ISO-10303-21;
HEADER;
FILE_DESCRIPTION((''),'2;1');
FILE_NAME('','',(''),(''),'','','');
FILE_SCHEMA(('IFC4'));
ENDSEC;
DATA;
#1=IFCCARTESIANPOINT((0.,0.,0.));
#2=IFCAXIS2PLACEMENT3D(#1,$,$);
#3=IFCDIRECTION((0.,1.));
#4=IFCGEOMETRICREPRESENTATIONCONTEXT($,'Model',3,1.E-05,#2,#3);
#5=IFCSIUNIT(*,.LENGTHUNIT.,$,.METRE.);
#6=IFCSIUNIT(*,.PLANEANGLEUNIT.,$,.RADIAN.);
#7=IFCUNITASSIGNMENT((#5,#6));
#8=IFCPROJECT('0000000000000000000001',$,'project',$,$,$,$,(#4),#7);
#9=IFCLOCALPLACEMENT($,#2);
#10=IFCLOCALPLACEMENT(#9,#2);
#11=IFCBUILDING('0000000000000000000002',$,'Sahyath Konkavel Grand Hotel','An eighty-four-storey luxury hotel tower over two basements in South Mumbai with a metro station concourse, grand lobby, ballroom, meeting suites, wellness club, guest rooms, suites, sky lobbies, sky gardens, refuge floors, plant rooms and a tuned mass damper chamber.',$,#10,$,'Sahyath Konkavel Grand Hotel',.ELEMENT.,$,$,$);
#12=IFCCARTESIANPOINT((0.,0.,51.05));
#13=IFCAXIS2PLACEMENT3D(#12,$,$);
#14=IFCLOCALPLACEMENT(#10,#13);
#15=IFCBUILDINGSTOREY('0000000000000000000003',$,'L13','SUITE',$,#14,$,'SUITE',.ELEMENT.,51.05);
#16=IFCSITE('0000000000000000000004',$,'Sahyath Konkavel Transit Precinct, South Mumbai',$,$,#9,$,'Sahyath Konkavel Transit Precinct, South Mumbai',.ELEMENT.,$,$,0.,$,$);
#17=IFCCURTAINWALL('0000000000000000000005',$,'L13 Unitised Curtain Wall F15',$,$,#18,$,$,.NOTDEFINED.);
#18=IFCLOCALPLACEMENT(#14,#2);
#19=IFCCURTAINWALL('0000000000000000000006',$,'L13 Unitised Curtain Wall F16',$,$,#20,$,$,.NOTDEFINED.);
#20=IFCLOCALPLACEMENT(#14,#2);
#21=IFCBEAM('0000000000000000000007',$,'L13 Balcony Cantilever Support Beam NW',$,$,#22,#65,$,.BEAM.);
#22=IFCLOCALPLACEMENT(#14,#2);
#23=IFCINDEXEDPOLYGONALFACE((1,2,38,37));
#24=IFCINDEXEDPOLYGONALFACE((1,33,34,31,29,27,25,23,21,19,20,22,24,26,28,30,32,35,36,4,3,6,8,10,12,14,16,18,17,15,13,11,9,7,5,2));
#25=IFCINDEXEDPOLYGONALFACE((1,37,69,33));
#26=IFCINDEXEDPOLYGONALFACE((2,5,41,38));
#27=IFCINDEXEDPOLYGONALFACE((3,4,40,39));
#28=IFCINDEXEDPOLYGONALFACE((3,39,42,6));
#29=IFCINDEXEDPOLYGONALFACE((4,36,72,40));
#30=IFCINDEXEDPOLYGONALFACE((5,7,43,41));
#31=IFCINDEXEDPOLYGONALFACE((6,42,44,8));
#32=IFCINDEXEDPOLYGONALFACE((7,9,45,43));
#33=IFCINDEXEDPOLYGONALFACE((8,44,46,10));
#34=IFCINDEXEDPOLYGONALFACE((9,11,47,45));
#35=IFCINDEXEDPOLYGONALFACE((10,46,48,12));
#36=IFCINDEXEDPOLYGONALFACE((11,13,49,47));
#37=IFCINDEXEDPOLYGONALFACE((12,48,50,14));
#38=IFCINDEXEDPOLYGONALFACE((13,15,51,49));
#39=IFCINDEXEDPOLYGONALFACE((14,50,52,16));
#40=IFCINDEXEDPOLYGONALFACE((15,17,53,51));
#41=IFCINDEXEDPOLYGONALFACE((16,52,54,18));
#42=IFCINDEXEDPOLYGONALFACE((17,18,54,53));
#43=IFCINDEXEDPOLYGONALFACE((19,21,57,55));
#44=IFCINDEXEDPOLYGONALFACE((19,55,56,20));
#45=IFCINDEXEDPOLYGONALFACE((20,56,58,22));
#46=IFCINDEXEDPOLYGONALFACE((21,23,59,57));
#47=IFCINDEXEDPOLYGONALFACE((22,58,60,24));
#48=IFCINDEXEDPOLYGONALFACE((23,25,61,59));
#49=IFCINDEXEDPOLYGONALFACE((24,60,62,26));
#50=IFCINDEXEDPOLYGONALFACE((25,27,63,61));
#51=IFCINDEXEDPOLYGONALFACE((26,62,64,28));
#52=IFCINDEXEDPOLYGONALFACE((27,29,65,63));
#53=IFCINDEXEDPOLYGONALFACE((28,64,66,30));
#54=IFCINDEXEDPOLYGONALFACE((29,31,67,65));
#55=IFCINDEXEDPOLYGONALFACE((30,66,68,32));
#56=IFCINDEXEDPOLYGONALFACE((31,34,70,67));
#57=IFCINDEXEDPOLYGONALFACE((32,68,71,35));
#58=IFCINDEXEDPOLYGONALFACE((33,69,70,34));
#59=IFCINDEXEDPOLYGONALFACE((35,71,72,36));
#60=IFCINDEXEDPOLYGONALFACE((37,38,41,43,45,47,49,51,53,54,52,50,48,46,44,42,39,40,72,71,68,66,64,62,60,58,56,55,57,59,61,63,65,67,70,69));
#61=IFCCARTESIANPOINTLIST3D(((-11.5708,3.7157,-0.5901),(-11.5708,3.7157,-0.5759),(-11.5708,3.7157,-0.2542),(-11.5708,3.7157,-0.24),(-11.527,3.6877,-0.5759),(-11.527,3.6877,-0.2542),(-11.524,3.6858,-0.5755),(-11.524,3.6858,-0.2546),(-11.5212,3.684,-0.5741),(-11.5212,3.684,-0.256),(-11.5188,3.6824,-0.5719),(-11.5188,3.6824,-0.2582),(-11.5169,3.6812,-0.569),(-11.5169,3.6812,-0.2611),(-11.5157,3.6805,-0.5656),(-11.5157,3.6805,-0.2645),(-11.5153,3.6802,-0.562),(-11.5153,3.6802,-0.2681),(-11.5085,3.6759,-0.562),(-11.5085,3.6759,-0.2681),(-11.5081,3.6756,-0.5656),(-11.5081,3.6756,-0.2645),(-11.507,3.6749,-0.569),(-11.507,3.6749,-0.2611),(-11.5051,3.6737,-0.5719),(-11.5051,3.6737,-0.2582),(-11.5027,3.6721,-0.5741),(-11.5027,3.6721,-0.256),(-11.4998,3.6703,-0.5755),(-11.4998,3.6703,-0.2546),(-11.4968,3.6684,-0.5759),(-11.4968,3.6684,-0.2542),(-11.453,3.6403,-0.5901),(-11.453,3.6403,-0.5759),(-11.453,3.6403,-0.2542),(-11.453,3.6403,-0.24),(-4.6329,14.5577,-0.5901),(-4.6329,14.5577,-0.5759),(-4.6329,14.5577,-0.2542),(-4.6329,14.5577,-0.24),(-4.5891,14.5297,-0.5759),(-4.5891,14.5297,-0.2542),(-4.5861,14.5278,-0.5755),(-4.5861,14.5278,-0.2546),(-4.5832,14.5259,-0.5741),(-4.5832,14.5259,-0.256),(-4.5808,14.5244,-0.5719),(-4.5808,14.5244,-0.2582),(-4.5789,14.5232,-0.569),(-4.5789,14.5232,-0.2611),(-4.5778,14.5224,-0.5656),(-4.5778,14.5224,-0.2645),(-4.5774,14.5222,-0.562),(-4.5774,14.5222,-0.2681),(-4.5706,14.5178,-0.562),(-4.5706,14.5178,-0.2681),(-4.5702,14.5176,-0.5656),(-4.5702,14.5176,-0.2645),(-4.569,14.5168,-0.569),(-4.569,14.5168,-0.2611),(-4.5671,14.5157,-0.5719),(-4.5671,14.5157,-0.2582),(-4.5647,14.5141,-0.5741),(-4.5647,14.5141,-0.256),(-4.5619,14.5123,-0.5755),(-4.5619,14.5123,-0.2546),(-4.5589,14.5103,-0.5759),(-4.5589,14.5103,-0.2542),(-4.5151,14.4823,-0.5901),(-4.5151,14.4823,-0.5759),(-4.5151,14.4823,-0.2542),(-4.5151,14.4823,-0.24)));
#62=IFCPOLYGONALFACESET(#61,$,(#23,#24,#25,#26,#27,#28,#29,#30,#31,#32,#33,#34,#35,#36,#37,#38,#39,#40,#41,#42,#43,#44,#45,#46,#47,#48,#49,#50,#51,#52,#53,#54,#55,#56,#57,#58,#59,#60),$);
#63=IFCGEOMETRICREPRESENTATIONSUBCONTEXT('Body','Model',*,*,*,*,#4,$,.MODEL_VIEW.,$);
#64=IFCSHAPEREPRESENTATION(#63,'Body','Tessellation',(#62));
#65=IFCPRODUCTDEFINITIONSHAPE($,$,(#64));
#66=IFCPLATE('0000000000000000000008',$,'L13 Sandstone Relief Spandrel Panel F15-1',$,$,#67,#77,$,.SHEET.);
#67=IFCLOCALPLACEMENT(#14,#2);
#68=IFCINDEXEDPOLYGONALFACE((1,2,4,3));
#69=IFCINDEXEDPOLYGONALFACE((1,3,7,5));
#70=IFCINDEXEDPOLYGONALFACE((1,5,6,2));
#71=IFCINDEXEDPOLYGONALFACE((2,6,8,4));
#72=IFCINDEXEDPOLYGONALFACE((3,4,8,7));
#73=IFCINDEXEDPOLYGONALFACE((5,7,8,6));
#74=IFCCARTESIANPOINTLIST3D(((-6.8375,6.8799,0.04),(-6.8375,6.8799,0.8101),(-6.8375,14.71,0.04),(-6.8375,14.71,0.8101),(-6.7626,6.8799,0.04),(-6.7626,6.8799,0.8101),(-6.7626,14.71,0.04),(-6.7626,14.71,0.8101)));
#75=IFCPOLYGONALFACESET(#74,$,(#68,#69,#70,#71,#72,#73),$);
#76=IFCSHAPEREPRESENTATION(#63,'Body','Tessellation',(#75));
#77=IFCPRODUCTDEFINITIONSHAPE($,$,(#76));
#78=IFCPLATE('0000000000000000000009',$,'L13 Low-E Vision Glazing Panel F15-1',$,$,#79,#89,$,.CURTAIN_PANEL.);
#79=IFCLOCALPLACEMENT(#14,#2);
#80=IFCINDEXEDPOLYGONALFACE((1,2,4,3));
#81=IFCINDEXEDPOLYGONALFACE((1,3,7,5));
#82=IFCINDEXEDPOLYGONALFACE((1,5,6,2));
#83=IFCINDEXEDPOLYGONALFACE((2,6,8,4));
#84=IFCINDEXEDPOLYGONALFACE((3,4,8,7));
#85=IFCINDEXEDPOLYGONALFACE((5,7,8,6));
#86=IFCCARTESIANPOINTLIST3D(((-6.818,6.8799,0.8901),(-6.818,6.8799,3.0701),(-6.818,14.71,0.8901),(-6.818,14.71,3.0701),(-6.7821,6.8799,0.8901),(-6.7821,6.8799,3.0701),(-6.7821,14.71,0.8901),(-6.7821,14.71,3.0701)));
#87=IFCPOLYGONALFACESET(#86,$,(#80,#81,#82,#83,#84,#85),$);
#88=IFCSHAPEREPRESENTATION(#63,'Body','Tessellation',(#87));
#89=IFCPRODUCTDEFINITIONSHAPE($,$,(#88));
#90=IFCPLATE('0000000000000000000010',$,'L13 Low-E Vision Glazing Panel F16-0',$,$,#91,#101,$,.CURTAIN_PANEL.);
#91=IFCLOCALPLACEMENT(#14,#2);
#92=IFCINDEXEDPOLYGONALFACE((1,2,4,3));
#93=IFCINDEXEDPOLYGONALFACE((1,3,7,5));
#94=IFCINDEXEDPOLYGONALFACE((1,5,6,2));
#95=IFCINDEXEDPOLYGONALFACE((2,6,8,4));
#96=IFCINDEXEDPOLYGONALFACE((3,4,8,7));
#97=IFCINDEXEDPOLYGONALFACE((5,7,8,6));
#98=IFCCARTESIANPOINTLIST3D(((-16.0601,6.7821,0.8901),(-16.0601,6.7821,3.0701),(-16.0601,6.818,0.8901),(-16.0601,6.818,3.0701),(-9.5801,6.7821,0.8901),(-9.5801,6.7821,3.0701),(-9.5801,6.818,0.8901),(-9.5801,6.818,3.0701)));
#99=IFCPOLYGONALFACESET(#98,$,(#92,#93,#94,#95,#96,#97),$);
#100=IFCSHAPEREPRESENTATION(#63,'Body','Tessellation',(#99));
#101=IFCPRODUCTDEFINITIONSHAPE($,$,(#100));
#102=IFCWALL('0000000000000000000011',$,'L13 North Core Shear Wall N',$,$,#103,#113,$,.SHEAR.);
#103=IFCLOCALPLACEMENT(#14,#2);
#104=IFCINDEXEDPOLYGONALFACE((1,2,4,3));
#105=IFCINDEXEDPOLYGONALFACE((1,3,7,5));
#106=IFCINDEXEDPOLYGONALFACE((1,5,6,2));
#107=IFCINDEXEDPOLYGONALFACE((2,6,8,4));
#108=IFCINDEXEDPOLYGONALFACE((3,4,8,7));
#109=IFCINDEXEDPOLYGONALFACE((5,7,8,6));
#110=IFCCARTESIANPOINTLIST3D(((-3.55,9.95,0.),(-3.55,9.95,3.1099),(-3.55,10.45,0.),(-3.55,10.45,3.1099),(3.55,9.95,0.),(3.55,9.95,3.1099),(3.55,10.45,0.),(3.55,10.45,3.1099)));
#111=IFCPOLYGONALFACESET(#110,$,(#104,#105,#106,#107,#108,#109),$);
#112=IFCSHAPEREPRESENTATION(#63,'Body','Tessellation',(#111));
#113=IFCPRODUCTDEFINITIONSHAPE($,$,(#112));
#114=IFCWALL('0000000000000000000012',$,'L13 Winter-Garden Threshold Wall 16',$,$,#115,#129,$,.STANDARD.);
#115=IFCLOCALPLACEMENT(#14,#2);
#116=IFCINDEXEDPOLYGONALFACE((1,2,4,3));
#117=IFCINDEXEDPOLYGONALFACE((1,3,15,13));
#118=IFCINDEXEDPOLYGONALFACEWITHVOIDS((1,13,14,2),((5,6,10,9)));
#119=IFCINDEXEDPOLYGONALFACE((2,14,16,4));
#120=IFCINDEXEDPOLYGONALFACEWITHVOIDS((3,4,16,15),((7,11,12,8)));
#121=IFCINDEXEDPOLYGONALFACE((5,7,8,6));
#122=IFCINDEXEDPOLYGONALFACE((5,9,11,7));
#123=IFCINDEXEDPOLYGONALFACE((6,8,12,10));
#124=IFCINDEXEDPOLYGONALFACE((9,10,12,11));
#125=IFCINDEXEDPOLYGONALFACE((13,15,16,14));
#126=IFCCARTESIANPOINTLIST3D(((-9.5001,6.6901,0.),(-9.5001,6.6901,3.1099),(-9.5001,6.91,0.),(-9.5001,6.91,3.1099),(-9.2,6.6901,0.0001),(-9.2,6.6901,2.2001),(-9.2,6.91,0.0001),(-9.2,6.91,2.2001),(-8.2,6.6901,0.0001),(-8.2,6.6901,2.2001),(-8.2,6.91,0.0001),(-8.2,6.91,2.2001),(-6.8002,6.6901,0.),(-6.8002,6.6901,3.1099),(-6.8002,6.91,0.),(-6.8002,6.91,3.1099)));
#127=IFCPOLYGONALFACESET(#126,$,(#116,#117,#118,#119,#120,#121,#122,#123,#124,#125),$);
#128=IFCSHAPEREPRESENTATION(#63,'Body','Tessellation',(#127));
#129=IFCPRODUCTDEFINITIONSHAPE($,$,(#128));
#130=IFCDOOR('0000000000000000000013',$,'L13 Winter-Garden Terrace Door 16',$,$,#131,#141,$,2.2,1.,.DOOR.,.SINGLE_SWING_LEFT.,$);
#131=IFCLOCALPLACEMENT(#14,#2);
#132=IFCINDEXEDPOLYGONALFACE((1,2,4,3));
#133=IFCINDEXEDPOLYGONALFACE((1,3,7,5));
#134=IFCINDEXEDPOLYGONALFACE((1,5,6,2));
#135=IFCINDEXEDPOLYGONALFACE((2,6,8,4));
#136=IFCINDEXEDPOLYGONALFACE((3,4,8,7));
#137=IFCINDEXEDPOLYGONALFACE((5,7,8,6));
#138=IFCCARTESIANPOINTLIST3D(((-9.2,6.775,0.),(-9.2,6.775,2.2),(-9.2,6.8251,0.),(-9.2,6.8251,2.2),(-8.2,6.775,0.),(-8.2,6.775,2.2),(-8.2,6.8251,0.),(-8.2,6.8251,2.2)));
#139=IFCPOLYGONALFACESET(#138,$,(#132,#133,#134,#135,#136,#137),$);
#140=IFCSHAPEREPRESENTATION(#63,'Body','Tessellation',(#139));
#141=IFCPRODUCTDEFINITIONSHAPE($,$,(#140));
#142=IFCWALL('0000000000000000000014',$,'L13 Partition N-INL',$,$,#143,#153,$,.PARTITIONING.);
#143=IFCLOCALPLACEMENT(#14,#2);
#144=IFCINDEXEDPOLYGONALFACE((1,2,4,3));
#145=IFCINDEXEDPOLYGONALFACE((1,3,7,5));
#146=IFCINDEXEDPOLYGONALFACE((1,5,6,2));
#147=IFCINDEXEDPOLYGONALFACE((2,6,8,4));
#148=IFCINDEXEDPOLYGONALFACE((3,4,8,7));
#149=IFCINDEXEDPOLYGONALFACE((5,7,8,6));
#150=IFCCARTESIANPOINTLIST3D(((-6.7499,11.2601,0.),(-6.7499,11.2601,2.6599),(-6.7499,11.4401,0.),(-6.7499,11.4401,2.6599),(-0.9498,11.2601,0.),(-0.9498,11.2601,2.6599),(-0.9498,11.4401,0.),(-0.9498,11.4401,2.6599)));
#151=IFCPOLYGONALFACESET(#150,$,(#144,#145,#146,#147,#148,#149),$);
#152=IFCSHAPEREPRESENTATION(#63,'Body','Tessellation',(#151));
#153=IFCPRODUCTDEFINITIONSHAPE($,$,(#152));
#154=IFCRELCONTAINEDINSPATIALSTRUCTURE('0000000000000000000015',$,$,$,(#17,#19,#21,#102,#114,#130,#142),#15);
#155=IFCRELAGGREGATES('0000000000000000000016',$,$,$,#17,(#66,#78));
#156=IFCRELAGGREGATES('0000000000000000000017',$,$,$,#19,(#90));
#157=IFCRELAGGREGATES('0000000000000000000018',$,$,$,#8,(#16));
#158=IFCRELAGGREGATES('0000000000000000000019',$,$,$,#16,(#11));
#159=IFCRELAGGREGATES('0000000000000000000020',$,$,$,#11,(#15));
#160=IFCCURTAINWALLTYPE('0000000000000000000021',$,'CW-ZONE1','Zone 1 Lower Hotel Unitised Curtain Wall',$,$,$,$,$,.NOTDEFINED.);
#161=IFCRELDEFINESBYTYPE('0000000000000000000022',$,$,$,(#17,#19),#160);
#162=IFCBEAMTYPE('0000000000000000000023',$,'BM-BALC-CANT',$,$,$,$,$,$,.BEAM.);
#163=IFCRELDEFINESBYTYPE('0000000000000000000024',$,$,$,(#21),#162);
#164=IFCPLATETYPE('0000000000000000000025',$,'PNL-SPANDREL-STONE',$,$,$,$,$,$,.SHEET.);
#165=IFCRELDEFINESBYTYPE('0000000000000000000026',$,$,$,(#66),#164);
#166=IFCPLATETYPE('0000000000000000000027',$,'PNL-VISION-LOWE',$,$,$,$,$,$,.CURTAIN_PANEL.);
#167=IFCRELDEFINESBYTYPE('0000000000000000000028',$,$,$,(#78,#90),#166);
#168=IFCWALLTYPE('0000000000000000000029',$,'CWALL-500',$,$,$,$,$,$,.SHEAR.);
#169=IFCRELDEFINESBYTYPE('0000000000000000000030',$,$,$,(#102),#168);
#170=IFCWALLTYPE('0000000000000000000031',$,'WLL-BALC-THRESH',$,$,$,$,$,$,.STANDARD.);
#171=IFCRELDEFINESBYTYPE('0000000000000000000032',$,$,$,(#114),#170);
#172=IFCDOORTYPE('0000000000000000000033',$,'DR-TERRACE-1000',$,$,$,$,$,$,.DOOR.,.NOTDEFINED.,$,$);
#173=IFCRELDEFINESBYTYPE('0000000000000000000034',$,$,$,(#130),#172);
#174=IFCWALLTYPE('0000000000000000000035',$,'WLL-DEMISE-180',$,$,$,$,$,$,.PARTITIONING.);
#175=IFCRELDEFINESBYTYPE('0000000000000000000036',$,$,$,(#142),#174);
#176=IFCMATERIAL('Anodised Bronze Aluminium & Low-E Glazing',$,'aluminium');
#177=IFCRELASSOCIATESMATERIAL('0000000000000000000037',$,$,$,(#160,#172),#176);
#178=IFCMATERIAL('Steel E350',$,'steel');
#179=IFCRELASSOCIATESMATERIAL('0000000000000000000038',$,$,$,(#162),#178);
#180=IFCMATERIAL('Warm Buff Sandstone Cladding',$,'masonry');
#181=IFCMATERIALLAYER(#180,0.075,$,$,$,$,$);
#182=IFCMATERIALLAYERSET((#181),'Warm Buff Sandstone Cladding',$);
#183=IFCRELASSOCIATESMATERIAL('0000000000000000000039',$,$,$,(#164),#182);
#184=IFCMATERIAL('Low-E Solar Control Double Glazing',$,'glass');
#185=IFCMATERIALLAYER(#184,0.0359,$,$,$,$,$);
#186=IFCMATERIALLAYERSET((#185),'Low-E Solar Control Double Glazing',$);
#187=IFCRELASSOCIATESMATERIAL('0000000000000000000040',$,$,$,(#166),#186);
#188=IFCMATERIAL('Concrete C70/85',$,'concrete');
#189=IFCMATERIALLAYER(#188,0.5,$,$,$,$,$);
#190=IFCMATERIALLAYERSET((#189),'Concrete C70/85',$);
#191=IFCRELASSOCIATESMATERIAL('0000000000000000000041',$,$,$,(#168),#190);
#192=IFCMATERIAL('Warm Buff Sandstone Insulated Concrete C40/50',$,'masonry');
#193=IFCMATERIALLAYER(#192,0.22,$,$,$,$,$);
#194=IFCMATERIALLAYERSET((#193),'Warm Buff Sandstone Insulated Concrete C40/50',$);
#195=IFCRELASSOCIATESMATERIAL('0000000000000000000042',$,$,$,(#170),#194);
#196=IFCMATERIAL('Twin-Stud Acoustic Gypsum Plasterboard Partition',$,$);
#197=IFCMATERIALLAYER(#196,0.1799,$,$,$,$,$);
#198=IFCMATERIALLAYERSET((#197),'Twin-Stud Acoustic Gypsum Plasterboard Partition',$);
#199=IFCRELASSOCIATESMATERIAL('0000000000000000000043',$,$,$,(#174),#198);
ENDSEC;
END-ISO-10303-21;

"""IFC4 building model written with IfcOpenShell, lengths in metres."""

from ifc_helpers import new_model, si_unit, direction, frame, frame_2d, origin, origin_2d, place, context, subcontext, project, spatial, rectangle, i_section, extrude, source, transform, mapped, material, layer, layer_set, material_profile, profile_set, type_object, element, fill, aggregate, save


model = new_model("IFC4")

# Units and contexts
model_context = context("Model", 3, precision=1e-05, world=origin(), true_north=direction((0.0, 1.0)))
body_context = subcontext(model_context, "Body", "Model", "MODEL_VIEW")
ifc_project = project(units=[si_unit("LENGTHUNIT", "METRE"), si_unit("PLANEANGLEUNIT", "RADIAN")], contexts=[model_context])

# Site, building, storey
site_placement = place(None, origin())
site = spatial("IfcSite", under=ifc_project, at=site_placement, Name="Sahyath Konkavel Transit Precinct, South Mumbai", LongName="Sahyath Konkavel Transit Precinct, South Mumbai", CompositionType="ELEMENT", RefElevation=0.0)
building_placement = place(site_placement, origin())
building = spatial("IfcBuilding", under=site, at=building_placement, Name="Sahyath Konkavel Grand Hotel", Description="An eighty-four-storey luxury hotel tower over two basements in South Mumbai with a metro station concourse, grand lobby, ballroom, meeting suites, wellness club, guest rooms, suites, sky lobbies, sky gardens, refuge floors, plant rooms and a tuned mass damper chamber.", LongName="Sahyath Konkavel Grand Hotel", CompositionType="ELEMENT")
storey_placement = place(building_placement, frame((0.0, 0.0, 51.05)))
storey = spatial("IfcBuildingStorey", under=building, at=storey_placement, Name="L13", Description="SUITE", LongName="SUITE", CompositionType="ELEMENT", Elevation=51.05)

# Shared definitions
ifc_material_1 = material(Name="Concrete C70/85", Category="concrete")

# Shared definitions
ifc_material_2 = material(Name="Steel E350", Category="steel")

# Curtain walls
ifc_material_3 = material(Name="Anodised Bronze Aluminium & Low-E Glazing", Category="aluminium")
curtain_wall_type = type_object("IfcCurtainWallType", Name="CW-ZONE1", Description="Zone 1 Lower Hotel Unitised Curtain Wall", PredefinedType="NOTDEFINED", material=ifc_material_3)
curtain_wall_1_placement = place(storey_placement, origin())
curtain_wall_1 = element("IfcCurtainWall", 1, at=curtain_wall_1_placement, inside=storey, type_object=curtain_wall_type, Name="L13 Unitised Curtain Wall F15", PredefinedType="NOTDEFINED")
curtain_wall_2_placement = place(storey_placement, origin())
curtain_wall_2 = element("IfcCurtainWall", 2, at=curtain_wall_2_placement, inside=storey, type_object=curtain_wall_type, Name="L13 Unitised Curtain Wall F16", PredefinedType="NOTDEFINED")

# Beam
ifc_material_profile_1 = material_profile(ifc_material_2, i_section(OverallWidth=0.1399, OverallDepth=0.3501, WebThickness=0.0081, FlangeThickness=0.0142, FilletRadius=0.0139, at=origin_2d()), Name="ISMB 350")
ifc_profile_set_1 = profile_set([ifc_material_profile_1], Name="Steel E350")
beam_type_1 = type_object("IfcBeamType", Name="BM-BALC-CANT", PredefinedType="BEAM", material=ifc_profile_set_1)
shared_shape_1 = source(origin(), body_context, "Body", "SweptSolid", [
    extrude(i_section(OverallWidth=0.1399, OverallDepth=0.3501, WebThickness=0.0081, FlangeThickness=0.0142, FilletRadius=0.0139, at=origin_2d()), origin(), (0.0, 0.0, 1.0), 12.8718),
])
beam_1_placement = place(storey_placement, frame((-4.574, 14.52, -0.415), z_axis=(-0.539003, -0.842304, 0.0), x_axis=(0.842304, -0.539003, 0.0)))
element("IfcBeam", 3, at=beam_1_placement, inside=storey, type_object=beam_type_1, Name="L13 Balcony Cantilever Support Beam NW", PredefinedType="BEAM", context=body_context, shape_type="MappedRepresentation", body=[
    mapped(shared_shape_1, transform((0.0, 0.0, 0.0), scale=1.0)),
])

# Plates
ifc_material_4 = material(Name="Warm Buff Sandstone Cladding", Category="masonry")
ifc_layer_1 = layer(ifc_material_4, 0.075)
ifc_layer_set_1 = layer_set([ifc_layer_1], Name="Warm Buff Sandstone Cladding")
plate_type_1 = type_object("IfcPlateType", Name="PNL-SPANDREL-STONE", PredefinedType="SHEET", material=ifc_layer_set_1)
shared_shape_2 = source(origin(), body_context, "Body", "SweptSolid", [
    extrude(rectangle(XDim=7.8301, YDim=0.075, at=origin_2d()), origin(), (0.0, 0.0, 1.0), 0.77),
])
plate_1_placement = place(storey_placement, frame((-6.8, 10.7949, 0.04), z_axis=(0.0, 0.0, 1.0), x_axis=(0.0, -1.0, 0.0)))
plate_1 = element("IfcPlate", 4, at=plate_1_placement, type_object=plate_type_1, Name="L13 Sandstone Relief Spandrel Panel F15-1", PredefinedType="SHEET", context=body_context, shape_type="MappedRepresentation", body=[
    mapped(shared_shape_2, transform((0.0, 0.0, 0.0), scale=1.0)),
])
ifc_material_5 = material(Name="Low-E Solar Control Double Glazing", Category="glass")
ifc_layer_2 = layer(ifc_material_5, 0.0359)
ifc_layer_set_2 = layer_set([ifc_layer_2], Name="Low-E Solar Control Double Glazing")
plate_type_2 = type_object("IfcPlateType", Name="PNL-VISION-LOWE", PredefinedType="CURTAIN_PANEL", material=ifc_layer_set_2)
shared_shape_3 = source(origin(), body_context, "Body", "SweptSolid", [
    extrude(rectangle(XDim=7.8301, YDim=0.0359, at=origin_2d()), origin(), (0.0, 0.0, 1.0), 2.1799),
])
plate_2_placement = place(storey_placement, frame((-6.8, 10.7949, 0.8901), z_axis=(0.0, 0.0, 1.0), x_axis=(0.0, -1.0, 0.0)))
plate_2 = element("IfcPlate", 5, at=plate_2_placement, type_object=plate_type_2, Name="L13 Low-E Vision Glazing Panel F15-1", PredefinedType="CURTAIN_PANEL", context=body_context, shape_type="MappedRepresentation", body=[
    mapped(shared_shape_3, transform((0.0, 0.0, 0.0), scale=1.0)),
])
aggregate(curtain_wall_1, [plate_1, plate_2])
shared_shape_4 = source(origin(), body_context, "Body", "SweptSolid", [
    extrude(rectangle(XDim=6.48, YDim=0.0359, at=origin_2d()), origin(), (0.0, 0.0, 1.0), 2.1799),
])
plate_3_placement = place(storey_placement, frame((-12.8201, 6.8, 0.8901), z_axis=(0.0, 0.0, 1.0), x_axis=(-1.0, 0.0, 0.0)))
plate_3 = element("IfcPlate", 6, at=plate_3_placement, type_object=plate_type_2, Name="L13 Low-E Vision Glazing Panel F16-0", PredefinedType="CURTAIN_PANEL", context=body_context, shape_type="MappedRepresentation", body=[
    mapped(shared_shape_4, transform((0.0, 0.0, 0.0), scale=1.0)),
])
aggregate(curtain_wall_2, [plate_3])

# Wall
ifc_layer_3 = layer(ifc_material_1, 0.5)
ifc_layer_set_3 = layer_set([ifc_layer_3], Name="Concrete C70/85")
wall_type_1 = type_object("IfcWallType", Name="CWALL-500", PredefinedType="SHEAR", material=ifc_layer_set_3)
wall_1_placement = place(storey_placement, frame((-3.55, 10.2, 0.0), z_axis=(0.0, 0.0, 1.0), x_axis=(1.0, 0.0, 0.0)))
element("IfcWall", 7, at=wall_1_placement, inside=storey, type_object=wall_type_1, Name="L13 North Core Shear Wall N", PredefinedType="SHEAR", context=body_context, shape_type="SweptSolid", body=[
    extrude(rectangle(XDim=7.1001, YDim=0.5, at=frame_2d((3.55, 0.0))), origin(), (0.0, 0.0, 1.0), 3.1099),
])

# Wall, opening, door
ifc_material_6 = material(Name="Warm Buff Sandstone Insulated Concrete C40/50", Category="masonry")
ifc_layer_4 = layer(ifc_material_6, 0.22)
ifc_layer_set_4 = layer_set([ifc_layer_4], Name="Warm Buff Sandstone Insulated Concrete C40/50")
wall_type_2 = type_object("IfcWallType", Name="WLL-BALC-THRESH", PredefinedType="STANDARD", material=ifc_layer_set_4)
wall_2_placement = place(storey_placement, frame((-6.8, 6.8, 0.0), z_axis=(0.0, 0.0, 1.0), x_axis=(-1.0, 0.0, 0.0)))
wall_2 = element("IfcWall", 8, at=wall_2_placement, inside=storey, type_object=wall_type_2, Name="L13 Winter-Garden Threshold Wall 16", PredefinedType="STANDARD", context=body_context, shape_type="SweptSolid", body=[
    extrude(rectangle(XDim=2.7, YDim=0.22, at=frame_2d((1.3501, 0.0))), origin(), (0.0, 0.0, 1.0), 3.1099),
])
opening_1_placement = place(wall_2_placement, frame((1.3999, 0.0, 0.0)))
opening_1 = element("IfcOpeningElement", 9, at=opening_1_placement, cuts=wall_2, PredefinedType="OPENING", context=body_context, shape_type="SweptSolid", body=[
    extrude(rectangle(XDim=1.0, YDim=2.2, at=frame_2d((0.5, 1.1001))), frame((0.0, 0.1201, 0.0), z_axis=(0.0, -1.0, 0.0), x_axis=(1.0, 0.0, 0.0)), (0.0, 0.0, 1.0), 0.24),
])
door_type_1 = type_object("IfcDoorType", Name="DR-TERRACE-1000", OperationType="NOTDEFINED", PredefinedType="DOOR", material=ifc_material_3)
shared_shape_5 = source(origin(), body_context, "Body", "SweptSolid", [
    extrude(rectangle(XDim=1.0, YDim=0.05, at=origin_2d()), origin(), (0.0, 0.0, 1.0), 2.2),
])
door_1_placement = place(opening_1_placement, frame((0.5, 0.0, 0.0)))
door_1 = element("IfcDoor", 10, at=door_1_placement, inside=storey, type_object=door_type_1, Name="L13 Winter-Garden Terrace Door 16", OperationType="SINGLE_SWING_LEFT", OverallHeight=2.2, OverallWidth=1.0, PredefinedType="DOOR", context=body_context, shape_type="MappedRepresentation", body=[
    mapped(shared_shape_5, transform((0.0, 0.0, 0.0), scale=1.0)),
])
fill(opening_1, door_1)

# Wall
ifc_material_7 = material(Name="Twin-Stud Acoustic Gypsum Plasterboard Partition")
ifc_layer_5 = layer(ifc_material_7, 0.1799)
ifc_layer_set_5 = layer_set([ifc_layer_5], Name="Twin-Stud Acoustic Gypsum Plasterboard Partition")
wall_type_3 = type_object("IfcWallType", Name="WLL-DEMISE-180", PredefinedType="PARTITIONING", material=ifc_layer_set_5)
wall_3_placement = place(storey_placement, frame((-0.95, 11.3501, 0.0), z_axis=(0.0, 0.0, 1.0), x_axis=(-1.0, 0.0, 0.0)))
element("IfcWall", 11, at=wall_3_placement, inside=storey, type_object=wall_type_3, Name="L13 Partition N-INL", PredefinedType="PARTITIONING", context=body_context, shape_type="SweptSolid", body=[
    extrude(rectangle(XDim=5.8, YDim=0.1799, at=frame_2d((2.8999, 0.0))), origin(), (0.0, 0.0, 1.0), 2.6599),
])

save(model, "model.ifc")
